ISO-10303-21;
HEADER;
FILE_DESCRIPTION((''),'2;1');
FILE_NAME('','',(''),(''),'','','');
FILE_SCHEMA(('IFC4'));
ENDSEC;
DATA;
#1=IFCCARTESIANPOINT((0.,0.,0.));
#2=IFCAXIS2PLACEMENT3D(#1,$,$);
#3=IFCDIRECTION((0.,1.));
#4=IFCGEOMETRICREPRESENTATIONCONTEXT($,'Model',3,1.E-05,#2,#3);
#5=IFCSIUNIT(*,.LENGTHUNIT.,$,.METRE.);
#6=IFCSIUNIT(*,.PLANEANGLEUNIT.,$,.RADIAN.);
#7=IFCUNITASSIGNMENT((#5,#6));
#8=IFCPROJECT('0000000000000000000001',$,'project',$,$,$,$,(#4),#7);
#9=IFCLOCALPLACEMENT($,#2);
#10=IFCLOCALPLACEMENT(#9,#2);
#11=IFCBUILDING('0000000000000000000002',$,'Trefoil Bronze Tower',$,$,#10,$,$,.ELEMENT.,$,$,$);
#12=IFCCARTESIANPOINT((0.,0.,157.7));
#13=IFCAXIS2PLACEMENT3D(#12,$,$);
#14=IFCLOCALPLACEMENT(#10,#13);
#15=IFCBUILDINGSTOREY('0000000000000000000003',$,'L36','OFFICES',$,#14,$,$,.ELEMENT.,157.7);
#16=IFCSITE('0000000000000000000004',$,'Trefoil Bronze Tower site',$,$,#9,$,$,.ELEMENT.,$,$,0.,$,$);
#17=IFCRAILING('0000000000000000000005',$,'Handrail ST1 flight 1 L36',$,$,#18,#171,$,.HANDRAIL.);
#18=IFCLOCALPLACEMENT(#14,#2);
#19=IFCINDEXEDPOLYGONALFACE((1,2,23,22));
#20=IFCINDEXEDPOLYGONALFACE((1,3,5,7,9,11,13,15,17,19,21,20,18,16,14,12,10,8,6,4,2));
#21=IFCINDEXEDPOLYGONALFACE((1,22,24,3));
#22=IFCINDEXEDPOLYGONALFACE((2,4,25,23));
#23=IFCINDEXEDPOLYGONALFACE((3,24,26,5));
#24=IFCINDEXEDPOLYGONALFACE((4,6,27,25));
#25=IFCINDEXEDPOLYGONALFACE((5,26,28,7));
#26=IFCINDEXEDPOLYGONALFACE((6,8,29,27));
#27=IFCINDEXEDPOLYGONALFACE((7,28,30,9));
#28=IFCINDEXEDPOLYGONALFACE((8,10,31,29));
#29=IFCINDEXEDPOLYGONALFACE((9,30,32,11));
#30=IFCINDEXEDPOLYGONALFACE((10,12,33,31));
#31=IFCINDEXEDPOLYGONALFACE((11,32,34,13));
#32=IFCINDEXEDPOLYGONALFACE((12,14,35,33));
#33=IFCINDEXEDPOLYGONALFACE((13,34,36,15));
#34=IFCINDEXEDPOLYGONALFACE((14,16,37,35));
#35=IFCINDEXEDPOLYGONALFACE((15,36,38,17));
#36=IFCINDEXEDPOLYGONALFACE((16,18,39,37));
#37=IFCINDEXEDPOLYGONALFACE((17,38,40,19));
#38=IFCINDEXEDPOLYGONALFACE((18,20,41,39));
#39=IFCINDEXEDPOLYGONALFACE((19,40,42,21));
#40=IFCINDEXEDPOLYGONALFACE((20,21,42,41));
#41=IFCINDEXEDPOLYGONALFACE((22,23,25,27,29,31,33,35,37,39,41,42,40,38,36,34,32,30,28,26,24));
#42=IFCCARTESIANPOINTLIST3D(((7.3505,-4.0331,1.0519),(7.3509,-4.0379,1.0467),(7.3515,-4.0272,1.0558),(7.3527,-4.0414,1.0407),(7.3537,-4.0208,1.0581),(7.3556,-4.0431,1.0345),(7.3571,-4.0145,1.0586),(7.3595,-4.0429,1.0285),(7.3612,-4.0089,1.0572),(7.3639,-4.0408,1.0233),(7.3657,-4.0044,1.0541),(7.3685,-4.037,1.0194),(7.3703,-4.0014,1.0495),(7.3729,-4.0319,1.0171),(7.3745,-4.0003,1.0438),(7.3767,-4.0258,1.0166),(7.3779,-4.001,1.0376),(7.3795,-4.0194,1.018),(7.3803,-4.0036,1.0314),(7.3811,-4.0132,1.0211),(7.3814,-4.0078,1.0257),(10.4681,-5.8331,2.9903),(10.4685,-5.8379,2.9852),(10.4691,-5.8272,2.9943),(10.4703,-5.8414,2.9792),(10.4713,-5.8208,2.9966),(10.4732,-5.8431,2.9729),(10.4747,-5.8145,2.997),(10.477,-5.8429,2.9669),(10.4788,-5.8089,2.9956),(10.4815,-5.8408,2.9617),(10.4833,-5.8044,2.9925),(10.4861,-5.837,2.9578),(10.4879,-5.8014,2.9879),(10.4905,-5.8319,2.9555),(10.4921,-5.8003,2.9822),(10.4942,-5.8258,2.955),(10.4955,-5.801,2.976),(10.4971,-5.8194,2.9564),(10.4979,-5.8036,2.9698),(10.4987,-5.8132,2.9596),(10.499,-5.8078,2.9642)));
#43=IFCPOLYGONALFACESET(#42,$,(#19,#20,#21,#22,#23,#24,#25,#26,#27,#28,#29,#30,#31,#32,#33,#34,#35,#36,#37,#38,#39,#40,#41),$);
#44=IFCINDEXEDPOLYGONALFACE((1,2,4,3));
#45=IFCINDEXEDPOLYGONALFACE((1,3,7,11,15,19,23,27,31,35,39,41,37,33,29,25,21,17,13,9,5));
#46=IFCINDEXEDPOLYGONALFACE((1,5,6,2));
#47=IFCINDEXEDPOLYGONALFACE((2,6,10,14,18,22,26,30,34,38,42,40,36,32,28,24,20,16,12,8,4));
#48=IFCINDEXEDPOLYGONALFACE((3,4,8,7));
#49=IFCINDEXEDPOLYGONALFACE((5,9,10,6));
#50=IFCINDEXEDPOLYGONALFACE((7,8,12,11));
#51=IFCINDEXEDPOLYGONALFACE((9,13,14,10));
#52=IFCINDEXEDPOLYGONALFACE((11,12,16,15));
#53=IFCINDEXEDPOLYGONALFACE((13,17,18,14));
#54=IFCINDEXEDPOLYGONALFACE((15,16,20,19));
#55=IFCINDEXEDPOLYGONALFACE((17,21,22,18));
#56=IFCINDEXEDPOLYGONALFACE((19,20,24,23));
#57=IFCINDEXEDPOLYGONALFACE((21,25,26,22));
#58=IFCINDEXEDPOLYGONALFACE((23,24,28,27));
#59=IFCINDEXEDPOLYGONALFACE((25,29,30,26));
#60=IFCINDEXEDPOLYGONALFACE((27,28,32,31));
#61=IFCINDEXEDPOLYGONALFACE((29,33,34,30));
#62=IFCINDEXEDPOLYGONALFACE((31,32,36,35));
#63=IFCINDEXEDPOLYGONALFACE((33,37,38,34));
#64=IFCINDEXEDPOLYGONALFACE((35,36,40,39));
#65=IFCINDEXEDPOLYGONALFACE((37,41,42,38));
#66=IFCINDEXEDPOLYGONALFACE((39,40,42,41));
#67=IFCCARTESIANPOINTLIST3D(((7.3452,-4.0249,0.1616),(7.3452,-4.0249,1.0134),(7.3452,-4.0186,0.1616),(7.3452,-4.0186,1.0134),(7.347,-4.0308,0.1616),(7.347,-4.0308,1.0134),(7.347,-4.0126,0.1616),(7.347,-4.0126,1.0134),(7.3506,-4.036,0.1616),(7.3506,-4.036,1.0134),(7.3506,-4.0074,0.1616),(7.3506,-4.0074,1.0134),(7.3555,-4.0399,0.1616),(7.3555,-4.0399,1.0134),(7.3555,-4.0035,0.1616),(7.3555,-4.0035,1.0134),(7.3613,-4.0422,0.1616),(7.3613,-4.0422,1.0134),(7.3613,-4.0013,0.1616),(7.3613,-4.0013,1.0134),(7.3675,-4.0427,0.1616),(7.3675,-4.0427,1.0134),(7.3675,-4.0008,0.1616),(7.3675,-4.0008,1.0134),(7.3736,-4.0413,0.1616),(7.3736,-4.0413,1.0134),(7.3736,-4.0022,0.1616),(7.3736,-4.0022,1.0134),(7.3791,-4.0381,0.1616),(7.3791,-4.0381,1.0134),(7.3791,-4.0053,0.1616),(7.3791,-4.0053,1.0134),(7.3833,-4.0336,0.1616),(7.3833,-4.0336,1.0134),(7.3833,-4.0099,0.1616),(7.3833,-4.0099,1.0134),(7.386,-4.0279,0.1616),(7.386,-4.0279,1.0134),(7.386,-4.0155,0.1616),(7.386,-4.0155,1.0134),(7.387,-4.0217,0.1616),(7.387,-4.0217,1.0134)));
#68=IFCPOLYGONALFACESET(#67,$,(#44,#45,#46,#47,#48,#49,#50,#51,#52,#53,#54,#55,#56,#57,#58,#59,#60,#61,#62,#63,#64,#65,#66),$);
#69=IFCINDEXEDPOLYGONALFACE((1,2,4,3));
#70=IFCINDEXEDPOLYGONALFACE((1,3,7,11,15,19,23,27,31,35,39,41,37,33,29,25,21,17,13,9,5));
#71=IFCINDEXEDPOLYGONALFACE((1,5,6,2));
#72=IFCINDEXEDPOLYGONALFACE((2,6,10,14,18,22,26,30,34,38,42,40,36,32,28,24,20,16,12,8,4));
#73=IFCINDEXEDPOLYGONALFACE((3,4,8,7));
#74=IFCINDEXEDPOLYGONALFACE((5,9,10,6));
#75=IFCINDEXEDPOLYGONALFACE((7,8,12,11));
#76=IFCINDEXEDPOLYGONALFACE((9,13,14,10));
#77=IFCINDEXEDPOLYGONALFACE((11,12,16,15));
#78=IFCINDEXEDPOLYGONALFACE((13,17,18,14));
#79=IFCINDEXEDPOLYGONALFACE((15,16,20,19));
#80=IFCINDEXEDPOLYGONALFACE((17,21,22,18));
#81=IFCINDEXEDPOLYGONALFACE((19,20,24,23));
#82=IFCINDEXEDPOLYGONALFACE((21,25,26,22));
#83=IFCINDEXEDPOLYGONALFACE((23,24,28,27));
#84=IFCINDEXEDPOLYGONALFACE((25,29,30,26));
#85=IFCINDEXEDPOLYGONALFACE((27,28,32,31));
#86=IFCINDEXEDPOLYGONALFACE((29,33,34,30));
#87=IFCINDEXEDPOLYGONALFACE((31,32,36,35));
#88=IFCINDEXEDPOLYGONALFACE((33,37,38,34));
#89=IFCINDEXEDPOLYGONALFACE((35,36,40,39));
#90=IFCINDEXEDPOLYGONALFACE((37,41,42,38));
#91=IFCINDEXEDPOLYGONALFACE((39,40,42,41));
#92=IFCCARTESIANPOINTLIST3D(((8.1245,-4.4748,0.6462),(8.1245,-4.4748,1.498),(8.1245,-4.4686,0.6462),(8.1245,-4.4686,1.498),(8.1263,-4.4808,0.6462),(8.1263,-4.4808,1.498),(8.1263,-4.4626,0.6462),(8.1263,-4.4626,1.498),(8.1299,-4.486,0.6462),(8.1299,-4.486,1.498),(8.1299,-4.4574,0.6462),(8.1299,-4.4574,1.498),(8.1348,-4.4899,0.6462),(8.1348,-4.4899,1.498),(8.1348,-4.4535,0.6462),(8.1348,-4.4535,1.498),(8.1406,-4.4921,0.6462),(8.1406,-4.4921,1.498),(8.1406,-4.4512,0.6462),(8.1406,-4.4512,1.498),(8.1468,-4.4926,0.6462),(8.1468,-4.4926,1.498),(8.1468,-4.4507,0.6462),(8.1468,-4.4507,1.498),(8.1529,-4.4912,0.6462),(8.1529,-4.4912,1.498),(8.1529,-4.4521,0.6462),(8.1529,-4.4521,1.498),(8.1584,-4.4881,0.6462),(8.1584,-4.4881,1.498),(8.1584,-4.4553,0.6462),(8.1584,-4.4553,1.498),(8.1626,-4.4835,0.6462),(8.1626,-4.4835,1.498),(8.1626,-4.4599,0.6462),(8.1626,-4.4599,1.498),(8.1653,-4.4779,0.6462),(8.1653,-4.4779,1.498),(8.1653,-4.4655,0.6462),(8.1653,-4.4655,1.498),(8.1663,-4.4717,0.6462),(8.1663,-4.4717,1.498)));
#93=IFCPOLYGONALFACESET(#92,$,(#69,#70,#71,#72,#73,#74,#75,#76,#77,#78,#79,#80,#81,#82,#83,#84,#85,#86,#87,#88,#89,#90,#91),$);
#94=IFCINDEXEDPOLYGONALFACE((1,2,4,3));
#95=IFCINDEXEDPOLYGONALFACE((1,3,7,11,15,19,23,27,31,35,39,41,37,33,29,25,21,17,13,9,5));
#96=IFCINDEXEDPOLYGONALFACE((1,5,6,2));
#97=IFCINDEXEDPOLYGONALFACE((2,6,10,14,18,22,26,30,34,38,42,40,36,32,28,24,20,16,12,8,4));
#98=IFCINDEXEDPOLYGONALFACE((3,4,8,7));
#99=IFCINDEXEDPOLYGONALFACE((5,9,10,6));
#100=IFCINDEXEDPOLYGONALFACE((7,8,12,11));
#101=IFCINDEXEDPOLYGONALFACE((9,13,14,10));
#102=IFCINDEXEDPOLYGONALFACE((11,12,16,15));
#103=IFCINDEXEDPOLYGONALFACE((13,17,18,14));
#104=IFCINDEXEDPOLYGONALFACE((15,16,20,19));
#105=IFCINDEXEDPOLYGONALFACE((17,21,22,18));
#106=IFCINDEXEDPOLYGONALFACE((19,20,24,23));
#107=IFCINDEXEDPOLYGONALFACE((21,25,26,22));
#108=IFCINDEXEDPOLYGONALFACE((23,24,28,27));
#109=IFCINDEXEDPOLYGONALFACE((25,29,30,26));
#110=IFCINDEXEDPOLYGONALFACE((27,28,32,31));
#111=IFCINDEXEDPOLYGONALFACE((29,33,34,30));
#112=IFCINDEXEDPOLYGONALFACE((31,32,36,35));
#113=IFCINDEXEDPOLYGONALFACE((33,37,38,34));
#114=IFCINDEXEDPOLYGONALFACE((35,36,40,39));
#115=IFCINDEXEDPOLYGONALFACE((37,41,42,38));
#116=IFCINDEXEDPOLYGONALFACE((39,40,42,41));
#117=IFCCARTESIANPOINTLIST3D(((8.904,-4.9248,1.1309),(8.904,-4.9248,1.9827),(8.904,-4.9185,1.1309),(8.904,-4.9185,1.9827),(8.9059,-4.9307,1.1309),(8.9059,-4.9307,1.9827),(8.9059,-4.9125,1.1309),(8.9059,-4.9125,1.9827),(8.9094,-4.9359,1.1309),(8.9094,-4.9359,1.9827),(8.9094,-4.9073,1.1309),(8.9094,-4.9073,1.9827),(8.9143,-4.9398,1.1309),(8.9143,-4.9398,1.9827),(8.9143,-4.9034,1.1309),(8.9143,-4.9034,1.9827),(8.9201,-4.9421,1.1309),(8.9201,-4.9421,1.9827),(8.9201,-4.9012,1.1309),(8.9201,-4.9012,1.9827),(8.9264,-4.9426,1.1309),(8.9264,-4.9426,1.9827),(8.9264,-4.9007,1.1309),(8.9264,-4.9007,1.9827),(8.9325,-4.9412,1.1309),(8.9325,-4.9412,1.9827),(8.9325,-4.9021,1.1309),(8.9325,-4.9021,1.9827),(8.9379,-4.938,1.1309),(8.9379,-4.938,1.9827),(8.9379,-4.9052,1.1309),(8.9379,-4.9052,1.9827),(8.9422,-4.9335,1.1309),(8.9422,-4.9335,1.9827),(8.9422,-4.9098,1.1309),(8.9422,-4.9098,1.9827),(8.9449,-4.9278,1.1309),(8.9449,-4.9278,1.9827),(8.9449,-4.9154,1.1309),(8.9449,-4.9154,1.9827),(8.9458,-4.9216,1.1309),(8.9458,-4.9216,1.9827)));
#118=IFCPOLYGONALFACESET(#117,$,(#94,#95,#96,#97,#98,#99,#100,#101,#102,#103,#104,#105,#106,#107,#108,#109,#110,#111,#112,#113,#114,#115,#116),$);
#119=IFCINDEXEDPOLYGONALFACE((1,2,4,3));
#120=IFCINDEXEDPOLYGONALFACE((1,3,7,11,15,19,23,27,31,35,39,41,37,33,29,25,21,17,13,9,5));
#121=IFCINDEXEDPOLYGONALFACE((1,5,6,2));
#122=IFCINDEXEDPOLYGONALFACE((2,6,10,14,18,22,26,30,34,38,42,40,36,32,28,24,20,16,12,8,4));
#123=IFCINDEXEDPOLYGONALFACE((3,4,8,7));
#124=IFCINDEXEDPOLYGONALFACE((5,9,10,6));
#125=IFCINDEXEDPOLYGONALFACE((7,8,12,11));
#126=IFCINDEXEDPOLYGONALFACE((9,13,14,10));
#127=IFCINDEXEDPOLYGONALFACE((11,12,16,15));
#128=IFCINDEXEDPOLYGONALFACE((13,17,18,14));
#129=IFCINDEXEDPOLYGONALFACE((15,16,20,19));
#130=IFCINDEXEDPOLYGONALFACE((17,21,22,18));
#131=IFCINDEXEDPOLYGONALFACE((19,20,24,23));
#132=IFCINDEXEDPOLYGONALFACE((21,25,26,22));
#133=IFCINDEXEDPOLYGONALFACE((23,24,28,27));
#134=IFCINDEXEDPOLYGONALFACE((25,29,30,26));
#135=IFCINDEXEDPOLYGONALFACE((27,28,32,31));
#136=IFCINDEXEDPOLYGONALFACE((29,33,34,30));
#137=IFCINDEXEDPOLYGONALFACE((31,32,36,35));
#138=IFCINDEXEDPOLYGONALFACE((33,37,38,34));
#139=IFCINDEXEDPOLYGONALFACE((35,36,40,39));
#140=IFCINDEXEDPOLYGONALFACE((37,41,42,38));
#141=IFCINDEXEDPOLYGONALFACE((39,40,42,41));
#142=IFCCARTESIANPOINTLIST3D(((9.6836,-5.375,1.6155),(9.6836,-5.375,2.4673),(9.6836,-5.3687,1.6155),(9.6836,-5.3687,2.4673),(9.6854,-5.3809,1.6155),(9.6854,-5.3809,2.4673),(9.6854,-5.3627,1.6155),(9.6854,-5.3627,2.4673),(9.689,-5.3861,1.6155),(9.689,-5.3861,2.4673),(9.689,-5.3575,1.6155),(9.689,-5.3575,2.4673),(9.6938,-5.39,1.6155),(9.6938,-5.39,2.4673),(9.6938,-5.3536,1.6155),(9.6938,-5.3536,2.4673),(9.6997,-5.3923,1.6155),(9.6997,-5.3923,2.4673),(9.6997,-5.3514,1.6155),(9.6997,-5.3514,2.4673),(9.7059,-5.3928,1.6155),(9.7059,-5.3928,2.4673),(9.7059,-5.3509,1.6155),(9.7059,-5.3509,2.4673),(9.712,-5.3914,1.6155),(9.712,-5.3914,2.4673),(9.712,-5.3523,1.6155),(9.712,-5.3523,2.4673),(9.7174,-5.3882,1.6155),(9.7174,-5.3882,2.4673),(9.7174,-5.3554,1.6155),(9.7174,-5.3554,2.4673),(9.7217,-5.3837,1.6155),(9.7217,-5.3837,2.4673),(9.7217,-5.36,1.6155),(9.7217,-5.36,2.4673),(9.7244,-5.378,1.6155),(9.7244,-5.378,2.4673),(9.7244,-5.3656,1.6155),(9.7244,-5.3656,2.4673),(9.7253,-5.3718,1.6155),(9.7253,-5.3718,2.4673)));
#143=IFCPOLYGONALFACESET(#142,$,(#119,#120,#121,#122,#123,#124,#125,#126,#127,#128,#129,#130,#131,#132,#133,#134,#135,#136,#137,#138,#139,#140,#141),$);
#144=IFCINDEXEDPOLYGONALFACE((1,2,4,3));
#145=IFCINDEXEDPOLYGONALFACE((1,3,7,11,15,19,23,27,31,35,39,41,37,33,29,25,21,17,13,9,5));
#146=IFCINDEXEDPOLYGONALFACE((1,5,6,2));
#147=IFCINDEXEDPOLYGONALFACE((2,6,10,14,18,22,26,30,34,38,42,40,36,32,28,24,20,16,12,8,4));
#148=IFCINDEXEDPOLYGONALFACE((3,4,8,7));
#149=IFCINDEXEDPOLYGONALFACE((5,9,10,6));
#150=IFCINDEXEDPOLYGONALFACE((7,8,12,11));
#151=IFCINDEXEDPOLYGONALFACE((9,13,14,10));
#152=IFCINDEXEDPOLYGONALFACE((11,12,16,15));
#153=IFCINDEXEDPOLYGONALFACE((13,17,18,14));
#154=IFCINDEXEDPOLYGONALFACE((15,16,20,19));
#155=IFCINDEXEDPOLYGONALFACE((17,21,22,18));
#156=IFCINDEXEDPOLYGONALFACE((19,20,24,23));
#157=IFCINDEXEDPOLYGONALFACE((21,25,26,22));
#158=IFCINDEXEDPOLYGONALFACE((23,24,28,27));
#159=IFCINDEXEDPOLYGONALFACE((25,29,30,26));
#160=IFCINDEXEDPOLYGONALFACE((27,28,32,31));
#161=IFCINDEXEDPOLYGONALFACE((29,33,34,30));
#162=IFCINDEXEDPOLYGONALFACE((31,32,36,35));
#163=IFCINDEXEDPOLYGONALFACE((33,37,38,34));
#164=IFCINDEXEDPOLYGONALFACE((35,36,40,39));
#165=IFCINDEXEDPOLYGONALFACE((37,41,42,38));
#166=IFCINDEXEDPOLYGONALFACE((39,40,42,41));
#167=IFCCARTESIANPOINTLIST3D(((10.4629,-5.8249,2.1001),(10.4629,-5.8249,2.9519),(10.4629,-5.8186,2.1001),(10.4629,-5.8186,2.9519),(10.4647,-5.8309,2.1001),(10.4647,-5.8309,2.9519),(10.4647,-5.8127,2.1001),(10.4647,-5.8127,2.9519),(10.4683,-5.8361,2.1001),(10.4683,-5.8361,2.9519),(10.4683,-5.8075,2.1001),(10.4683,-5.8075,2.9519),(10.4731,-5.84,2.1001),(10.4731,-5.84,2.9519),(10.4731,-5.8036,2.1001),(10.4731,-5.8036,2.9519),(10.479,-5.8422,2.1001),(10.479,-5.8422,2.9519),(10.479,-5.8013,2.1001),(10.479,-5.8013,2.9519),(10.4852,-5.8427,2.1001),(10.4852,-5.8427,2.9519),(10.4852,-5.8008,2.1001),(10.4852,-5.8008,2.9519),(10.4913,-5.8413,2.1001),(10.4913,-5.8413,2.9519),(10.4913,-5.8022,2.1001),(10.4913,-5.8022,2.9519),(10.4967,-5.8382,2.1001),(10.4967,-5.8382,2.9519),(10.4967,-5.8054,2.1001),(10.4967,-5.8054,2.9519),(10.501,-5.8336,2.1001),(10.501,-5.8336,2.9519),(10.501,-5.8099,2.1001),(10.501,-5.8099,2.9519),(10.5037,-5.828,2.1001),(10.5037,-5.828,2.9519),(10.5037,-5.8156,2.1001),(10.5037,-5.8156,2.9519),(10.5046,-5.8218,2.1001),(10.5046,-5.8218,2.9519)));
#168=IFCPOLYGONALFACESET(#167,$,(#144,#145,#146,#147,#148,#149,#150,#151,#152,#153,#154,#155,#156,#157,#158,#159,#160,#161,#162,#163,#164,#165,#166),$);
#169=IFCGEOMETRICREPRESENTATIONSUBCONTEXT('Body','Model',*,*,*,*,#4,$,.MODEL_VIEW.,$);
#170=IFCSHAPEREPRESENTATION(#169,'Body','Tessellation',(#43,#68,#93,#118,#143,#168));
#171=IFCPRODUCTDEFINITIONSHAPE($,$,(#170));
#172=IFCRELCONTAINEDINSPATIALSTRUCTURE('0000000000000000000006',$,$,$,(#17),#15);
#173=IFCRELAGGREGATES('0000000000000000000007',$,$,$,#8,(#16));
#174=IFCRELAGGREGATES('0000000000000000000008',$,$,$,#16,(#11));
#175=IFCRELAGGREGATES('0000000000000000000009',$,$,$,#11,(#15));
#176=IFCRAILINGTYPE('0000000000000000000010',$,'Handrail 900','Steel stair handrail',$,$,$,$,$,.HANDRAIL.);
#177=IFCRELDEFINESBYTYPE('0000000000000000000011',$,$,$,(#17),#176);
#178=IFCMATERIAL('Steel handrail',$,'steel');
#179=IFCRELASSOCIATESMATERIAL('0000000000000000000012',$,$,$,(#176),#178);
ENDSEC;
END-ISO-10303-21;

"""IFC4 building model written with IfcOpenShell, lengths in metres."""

from ifc_helpers import new_model, si_unit, direction, frame, origin, origin_2d, place, context, subcontext, project, spatial, circle, extrude, material, type_object, element, save


model = new_model("IFC4")

# Units and contexts
model_context = context("Model", 3, precision=1e-05, world=origin(), true_north=direction((0.0, 1.0)))
body_context = subcontext(model_context, "Body", "Model", "MODEL_VIEW")
ifc_project = project(units=[si_unit("LENGTHUNIT", "METRE"), si_unit("PLANEANGLEUNIT", "RADIAN")], contexts=[model_context])

# Site, building, storey
site_placement = place(None, origin())
site = spatial("IfcSite", under=ifc_project, at=site_placement, Name="Trefoil Bronze Tower site", CompositionType="ELEMENT", RefElevation=0.0)
building_placement = place(site_placement, origin())
building = spatial("IfcBuilding", under=site, at=building_placement, Name="Trefoil Bronze Tower", CompositionType="ELEMENT")
storey_placement = place(building_placement, frame((0.0, 0.0, 157.7)))
storey = spatial("IfcBuildingStorey", under=building, at=storey_placement, Name="L36", Description="OFFICES", CompositionType="ELEMENT", Elevation=157.7)

# Railing
ifc_material_1 = material(Name="Steel handrail", Category="steel")
railing_type = type_object("IfcRailingType", Name="Handrail 900", Description="Steel stair handrail", PredefinedType="HANDRAIL", material=ifc_material_1)
railing_1_placement = place(storey_placement, frame((7.366, -4.0217, 0.1616)))
element("IfcRailing", 1, at=railing_1_placement, inside=storey, type_object=railing_type, Name="Handrail ST1 flight 1 L36", PredefinedType="HANDRAIL", context=body_context, shape_type="SweptSolid", body=[
    extrude(circle(Radius=0.0239, at=origin_2d()), frame((0.0, 0.0, 0.876), z_axis=(0.762503, -0.440246, 0.474102), x_axis=(0.500012, 0.866018, 0.0)), (0.0, 0.0, 1.0), 4.0886),
    extrude(circle(Radius=0.021, at=origin_2d()), origin(), (0.0, 0.0, 1.0), 0.8518),
    extrude(circle(Radius=0.021, at=origin_2d()), frame((0.7793, -0.45, 0.4846)), (0.0, 0.0, 1.0), 0.8518),
    extrude(circle(Radius=0.021, at=origin_2d()), frame((1.5588, -0.8999, 0.9692)), (0.0, 0.0, 1.0), 0.8518),
    extrude(circle(Radius=0.021, at=origin_2d()), frame((2.3384, -1.3501, 1.4539)), (0.0, 0.0, 1.0), 0.8518),
    extrude(circle(Radius=0.021, at=origin_2d()), frame((3.1177, -1.8, 1.9385)), (0.0, 0.0, 1.0), 0.8518),
])

save(model, "model.ifc")
